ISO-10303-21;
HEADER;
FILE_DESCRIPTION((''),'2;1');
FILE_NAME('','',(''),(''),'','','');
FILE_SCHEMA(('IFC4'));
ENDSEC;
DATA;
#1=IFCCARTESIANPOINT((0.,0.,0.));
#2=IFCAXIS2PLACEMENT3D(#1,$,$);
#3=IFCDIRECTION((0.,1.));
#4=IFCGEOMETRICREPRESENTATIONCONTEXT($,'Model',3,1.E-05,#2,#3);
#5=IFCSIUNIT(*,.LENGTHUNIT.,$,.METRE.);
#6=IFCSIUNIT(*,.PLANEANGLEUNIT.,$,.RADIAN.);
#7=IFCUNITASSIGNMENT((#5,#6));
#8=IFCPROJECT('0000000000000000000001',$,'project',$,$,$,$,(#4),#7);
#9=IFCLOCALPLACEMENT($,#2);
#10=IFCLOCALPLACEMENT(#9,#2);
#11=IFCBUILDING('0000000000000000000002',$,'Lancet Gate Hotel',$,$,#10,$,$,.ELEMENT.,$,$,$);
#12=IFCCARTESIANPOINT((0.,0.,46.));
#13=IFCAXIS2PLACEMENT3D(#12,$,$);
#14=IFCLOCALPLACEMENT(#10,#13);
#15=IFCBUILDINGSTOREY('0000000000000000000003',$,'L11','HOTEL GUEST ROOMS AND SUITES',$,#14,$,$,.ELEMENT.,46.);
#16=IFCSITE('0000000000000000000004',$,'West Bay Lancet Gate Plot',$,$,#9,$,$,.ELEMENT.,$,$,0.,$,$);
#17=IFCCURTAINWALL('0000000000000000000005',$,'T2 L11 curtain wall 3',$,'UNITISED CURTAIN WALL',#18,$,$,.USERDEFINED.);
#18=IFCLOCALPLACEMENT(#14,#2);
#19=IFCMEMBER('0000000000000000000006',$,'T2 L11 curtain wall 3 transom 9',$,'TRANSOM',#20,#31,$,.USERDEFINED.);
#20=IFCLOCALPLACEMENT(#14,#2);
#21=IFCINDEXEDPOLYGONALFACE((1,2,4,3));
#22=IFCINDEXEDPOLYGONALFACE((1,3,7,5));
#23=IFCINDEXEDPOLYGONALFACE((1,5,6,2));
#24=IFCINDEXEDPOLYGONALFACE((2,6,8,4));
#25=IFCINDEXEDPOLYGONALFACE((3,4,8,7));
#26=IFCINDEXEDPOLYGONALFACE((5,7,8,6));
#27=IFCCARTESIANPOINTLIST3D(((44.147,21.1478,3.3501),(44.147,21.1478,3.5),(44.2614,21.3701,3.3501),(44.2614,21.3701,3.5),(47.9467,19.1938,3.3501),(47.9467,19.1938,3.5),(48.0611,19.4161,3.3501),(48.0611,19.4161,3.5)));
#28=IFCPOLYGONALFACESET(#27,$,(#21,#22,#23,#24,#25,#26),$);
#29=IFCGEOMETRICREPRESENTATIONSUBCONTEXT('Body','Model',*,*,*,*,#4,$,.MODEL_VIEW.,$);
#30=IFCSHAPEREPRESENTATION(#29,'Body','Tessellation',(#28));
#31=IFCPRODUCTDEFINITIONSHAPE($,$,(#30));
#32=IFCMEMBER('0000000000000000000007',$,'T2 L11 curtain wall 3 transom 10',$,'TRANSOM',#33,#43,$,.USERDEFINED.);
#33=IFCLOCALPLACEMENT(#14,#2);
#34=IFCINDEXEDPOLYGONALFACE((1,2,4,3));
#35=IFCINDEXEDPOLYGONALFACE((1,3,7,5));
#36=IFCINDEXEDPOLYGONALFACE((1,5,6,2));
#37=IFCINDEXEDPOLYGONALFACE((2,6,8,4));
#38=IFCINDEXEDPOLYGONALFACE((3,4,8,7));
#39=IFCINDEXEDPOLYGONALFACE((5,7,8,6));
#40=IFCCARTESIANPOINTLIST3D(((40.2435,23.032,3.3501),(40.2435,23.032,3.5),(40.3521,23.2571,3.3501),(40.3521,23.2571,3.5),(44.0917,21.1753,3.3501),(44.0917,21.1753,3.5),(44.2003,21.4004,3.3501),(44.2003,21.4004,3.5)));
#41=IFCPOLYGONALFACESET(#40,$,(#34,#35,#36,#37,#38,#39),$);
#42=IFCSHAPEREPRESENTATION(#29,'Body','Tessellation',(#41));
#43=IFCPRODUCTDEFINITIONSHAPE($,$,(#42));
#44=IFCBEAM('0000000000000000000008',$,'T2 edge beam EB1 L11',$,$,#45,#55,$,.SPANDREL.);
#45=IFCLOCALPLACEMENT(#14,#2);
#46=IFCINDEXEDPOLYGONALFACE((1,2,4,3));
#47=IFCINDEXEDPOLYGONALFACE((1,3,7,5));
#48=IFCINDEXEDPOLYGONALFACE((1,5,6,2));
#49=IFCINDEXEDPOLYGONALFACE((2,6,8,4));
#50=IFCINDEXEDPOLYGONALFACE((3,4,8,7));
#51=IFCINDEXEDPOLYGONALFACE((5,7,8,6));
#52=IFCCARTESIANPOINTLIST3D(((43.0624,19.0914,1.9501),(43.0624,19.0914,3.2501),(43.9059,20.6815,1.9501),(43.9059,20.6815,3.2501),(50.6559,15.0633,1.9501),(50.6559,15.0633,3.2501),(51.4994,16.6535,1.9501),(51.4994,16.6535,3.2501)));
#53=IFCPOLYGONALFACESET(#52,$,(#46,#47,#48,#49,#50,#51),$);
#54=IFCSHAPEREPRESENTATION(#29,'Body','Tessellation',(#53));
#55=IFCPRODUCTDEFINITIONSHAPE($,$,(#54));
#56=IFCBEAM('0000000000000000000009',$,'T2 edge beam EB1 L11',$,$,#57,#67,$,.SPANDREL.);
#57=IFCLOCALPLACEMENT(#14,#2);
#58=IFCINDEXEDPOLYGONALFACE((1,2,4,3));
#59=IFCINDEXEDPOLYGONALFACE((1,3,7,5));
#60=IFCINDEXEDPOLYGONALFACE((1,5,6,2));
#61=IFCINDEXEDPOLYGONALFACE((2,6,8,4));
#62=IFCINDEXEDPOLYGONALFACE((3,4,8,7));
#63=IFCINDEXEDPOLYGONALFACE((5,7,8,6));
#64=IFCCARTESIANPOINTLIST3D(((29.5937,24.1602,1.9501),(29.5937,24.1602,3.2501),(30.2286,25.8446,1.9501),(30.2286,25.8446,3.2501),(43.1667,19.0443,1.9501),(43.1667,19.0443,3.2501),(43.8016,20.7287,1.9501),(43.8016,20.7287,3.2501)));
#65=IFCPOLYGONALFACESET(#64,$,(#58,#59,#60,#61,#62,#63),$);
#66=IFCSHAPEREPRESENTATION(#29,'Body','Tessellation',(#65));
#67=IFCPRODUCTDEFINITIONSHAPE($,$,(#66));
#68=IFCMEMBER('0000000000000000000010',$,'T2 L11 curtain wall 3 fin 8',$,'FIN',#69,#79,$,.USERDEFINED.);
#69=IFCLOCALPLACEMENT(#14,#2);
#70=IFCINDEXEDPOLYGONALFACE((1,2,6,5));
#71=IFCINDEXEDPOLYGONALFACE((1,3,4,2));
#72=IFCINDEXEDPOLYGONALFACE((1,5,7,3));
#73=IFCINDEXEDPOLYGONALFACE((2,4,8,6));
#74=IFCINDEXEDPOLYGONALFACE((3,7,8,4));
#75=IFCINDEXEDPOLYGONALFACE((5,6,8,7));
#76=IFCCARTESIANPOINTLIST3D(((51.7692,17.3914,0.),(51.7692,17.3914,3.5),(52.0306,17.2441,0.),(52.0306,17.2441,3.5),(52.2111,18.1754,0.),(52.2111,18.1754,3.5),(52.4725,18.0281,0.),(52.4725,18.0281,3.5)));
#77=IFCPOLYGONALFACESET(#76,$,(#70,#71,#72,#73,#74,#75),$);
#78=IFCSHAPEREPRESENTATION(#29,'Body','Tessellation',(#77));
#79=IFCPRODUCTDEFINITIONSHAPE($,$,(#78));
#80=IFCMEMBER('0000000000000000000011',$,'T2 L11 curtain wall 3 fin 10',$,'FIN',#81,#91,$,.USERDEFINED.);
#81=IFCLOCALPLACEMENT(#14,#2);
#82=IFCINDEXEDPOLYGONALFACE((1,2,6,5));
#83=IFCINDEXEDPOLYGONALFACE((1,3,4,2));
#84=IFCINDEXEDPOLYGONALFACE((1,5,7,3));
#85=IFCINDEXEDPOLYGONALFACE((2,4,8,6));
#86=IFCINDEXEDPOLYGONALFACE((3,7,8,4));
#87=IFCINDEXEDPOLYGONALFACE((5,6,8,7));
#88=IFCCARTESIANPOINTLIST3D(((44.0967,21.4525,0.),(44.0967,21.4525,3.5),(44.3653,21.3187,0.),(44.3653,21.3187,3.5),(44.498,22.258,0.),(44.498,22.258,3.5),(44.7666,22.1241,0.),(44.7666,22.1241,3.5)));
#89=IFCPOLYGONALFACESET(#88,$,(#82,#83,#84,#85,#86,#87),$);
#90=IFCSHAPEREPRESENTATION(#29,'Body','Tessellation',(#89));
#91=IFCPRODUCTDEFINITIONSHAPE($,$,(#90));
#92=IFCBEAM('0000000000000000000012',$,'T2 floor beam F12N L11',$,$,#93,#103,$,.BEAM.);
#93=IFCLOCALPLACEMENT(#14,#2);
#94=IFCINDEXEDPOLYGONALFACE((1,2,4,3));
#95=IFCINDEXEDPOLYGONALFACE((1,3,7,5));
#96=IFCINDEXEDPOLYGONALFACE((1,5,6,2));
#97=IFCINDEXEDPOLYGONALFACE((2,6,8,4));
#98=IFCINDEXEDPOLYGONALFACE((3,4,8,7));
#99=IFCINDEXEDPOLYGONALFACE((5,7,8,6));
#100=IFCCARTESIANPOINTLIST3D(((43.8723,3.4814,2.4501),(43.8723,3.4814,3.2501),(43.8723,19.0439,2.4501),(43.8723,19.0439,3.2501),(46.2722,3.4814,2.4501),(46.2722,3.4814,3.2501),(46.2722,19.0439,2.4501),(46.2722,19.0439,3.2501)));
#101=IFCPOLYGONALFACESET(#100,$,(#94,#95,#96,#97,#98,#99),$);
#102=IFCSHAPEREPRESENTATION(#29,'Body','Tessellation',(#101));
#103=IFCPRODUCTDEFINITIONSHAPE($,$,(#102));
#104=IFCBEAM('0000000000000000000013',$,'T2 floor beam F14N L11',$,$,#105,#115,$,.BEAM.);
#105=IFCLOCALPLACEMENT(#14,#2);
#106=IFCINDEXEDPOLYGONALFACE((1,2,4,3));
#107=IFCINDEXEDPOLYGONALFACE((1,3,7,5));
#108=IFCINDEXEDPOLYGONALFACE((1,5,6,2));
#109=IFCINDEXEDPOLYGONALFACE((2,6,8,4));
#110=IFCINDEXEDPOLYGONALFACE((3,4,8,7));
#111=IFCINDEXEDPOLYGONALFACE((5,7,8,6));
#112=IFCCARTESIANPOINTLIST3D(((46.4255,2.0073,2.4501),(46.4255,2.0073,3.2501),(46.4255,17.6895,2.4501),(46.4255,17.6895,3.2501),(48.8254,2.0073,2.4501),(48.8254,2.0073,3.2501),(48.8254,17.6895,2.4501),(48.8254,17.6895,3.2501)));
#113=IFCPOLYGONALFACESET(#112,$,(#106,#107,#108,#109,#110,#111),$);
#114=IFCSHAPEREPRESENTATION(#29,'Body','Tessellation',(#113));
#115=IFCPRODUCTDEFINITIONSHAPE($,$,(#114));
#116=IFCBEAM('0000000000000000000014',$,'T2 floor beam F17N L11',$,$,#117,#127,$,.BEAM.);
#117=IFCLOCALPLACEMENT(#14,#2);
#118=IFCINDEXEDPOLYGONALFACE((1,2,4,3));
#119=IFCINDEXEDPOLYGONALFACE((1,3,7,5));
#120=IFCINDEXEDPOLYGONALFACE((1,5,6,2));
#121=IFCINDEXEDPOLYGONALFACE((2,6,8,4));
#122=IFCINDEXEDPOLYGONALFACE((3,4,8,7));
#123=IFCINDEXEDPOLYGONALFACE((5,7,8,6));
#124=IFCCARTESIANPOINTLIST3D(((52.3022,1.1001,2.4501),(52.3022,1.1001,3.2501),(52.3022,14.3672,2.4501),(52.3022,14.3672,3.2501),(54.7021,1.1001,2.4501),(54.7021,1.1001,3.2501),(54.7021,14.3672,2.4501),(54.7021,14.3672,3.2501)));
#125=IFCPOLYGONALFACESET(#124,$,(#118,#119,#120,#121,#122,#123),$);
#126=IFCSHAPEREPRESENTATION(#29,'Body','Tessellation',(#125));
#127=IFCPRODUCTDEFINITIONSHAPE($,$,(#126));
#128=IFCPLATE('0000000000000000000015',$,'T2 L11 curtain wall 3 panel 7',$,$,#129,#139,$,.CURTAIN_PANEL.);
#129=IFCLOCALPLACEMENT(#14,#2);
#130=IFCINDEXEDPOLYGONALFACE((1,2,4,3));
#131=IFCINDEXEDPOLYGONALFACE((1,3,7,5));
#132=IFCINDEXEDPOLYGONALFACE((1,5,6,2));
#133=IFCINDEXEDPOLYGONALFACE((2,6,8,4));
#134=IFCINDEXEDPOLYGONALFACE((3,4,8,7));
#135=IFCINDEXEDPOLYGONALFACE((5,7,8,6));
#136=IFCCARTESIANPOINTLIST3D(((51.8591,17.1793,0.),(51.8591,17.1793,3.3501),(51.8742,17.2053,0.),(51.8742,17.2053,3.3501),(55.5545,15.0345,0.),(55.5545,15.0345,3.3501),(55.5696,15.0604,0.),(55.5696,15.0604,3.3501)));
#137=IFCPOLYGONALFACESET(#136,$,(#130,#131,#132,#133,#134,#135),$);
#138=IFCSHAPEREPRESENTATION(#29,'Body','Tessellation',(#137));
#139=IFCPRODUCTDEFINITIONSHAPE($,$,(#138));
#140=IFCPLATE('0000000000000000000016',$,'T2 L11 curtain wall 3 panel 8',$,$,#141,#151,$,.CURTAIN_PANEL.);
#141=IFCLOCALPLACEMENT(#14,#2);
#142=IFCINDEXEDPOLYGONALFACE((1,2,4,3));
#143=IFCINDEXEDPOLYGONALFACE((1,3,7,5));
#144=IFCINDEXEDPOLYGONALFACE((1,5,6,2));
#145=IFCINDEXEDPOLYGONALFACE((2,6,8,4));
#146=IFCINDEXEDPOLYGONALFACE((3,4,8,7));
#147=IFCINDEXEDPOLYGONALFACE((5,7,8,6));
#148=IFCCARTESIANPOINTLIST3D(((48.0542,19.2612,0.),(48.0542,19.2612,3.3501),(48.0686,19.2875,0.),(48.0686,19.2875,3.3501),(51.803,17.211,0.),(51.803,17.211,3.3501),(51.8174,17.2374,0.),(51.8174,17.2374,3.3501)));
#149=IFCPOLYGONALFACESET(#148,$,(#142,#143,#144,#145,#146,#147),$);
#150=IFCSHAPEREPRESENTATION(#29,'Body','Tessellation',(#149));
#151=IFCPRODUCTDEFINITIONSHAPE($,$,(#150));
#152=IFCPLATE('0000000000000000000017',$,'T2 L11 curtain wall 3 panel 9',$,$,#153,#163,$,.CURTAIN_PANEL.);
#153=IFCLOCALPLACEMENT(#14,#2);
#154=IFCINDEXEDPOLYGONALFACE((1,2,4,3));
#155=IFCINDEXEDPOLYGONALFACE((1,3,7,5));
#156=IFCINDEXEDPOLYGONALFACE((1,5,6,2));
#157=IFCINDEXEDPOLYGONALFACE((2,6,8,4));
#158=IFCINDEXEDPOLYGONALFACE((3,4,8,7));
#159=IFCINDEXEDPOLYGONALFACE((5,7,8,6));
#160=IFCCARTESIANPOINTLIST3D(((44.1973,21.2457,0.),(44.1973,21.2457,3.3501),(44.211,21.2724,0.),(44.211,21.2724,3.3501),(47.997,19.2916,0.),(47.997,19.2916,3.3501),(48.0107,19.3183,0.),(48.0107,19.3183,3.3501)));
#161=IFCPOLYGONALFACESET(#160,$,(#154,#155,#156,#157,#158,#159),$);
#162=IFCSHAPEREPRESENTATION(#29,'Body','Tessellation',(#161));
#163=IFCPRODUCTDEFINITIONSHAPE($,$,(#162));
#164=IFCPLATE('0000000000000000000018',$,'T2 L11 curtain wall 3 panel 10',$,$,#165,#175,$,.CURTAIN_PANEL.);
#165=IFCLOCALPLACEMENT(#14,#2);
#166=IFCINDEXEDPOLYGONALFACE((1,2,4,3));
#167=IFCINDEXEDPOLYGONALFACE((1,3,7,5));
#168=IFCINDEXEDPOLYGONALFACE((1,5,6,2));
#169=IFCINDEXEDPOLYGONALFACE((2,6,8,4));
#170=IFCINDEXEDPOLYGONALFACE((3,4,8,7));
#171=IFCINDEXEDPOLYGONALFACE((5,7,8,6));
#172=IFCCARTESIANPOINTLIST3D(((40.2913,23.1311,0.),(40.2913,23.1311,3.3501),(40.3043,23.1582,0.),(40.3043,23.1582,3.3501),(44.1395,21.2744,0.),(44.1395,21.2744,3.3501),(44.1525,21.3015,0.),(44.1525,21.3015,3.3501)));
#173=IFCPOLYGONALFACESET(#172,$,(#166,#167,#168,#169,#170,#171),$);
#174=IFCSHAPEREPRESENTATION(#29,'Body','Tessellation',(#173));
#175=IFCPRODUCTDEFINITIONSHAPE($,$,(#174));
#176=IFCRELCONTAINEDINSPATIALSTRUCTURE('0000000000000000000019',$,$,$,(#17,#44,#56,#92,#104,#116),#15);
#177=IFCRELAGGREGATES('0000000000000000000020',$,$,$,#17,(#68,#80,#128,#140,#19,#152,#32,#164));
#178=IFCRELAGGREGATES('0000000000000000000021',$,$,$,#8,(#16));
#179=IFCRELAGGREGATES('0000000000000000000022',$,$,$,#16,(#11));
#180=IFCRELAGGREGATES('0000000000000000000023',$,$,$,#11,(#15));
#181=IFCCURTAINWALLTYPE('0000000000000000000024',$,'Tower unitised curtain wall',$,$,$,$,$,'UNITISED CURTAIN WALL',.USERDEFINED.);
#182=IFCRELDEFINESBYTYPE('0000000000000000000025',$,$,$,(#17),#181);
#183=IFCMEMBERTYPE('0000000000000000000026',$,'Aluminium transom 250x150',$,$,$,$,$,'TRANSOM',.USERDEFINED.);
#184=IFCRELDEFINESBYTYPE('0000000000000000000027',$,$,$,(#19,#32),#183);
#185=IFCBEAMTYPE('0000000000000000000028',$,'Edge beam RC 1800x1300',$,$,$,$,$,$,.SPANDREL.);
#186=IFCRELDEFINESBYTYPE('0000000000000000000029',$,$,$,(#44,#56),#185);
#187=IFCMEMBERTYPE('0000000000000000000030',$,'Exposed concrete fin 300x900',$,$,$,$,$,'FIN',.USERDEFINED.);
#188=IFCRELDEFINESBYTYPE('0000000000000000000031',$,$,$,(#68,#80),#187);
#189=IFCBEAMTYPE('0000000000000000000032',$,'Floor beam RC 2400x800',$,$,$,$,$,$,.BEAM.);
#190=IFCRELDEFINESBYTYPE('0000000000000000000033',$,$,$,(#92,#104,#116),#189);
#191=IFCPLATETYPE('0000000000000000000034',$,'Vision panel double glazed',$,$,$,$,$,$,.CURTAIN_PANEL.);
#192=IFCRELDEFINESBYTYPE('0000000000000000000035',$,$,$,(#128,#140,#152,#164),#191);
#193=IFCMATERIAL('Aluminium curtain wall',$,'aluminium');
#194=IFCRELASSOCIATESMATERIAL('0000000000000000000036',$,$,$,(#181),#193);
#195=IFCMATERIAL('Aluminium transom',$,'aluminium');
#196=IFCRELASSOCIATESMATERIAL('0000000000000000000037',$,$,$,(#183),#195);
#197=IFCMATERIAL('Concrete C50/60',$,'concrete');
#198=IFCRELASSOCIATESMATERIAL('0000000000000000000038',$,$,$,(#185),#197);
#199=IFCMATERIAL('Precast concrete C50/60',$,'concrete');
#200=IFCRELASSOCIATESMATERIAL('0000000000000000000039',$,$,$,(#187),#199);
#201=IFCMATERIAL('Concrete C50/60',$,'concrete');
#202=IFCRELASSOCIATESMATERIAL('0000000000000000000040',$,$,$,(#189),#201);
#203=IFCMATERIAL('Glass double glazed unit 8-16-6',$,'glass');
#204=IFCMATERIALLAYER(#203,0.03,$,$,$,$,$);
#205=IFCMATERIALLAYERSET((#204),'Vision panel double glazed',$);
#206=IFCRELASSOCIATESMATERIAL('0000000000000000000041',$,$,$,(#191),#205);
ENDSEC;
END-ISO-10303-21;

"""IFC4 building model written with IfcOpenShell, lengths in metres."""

from ifc_helpers import new_model, si_unit, direction, frame, origin, origin_2d, place, context, subcontext, project, spatial, rectangle, extrude, material, layer, layer_set, material_profile, profile_set, type_object, element, aggregate, save


model = new_model("IFC4")

# Units and contexts
model_context = context("Model", 3, precision=1e-05, world=origin(), true_north=direction((0.0, 1.0)))
body_context = subcontext(model_context, "Body", "Model", "MODEL_VIEW")
ifc_project = project(units=[si_unit("LENGTHUNIT", "METRE"), si_unit("PLANEANGLEUNIT", "RADIAN")], contexts=[model_context])

# Site, building, storey
site_placement = place(None, origin())
site = spatial("IfcSite", under=ifc_project, at=site_placement, Name="West Bay Lancet Gate Plot", CompositionType="ELEMENT", RefElevation=0.0)
building_placement = place(site_placement, origin())
building = spatial("IfcBuilding", under=site, at=building_placement, Name="Lancet Gate Hotel", CompositionType="ELEMENT")
storey_placement = place(building_placement, frame((0.0, 0.0, 46.0)))
storey = spatial("IfcBuildingStorey", under=building, at=storey_placement, Name="L11", Description="HOTEL GUEST ROOMS AND SUITES", CompositionType="ELEMENT", Elevation=46.0)

# Curtain wall, members
ifc_material_1 = material(Name="Aluminium curtain wall", Category="aluminium")
curtain_wall_type = type_object("IfcCurtainWallType", Name="Tower unitised curtain wall", ElementType="UNITISED CURTAIN WALL", PredefinedType="USERDEFINED", material=ifc_material_1)
curtain_wall_placement = place(storey_placement, origin())
curtain_wall = element("IfcCurtainWall", 1, at=curtain_wall_placement, inside=storey, type_object=curtain_wall_type, Name="T2 L11 curtain wall 3", ObjectType="UNITISED CURTAIN WALL", PredefinedType="USERDEFINED")
ifc_material_2 = material(Name="Aluminium transom", Category="aluminium")
ifc_material_profile_1 = material_profile(ifc_material_2, rectangle(XDim=0.25, YDim=0.1499, at=origin_2d()), Name="TRANSOM 250x150")
ifc_profile_set_1 = profile_set([ifc_material_profile_1], Name="Aluminium transom")
member_type_1 = type_object("IfcMemberType", Name="Aluminium transom 250x150", ElementType="TRANSOM", PredefinedType="USERDEFINED", material=ifc_profile_set_1)
member_1_placement = place(storey_placement, frame((48.0039, 19.3049, 3.425), z_axis=(-0.889296, 0.457333, 0.0), x_axis=(-0.457333, -0.889296, 0.0)))
member_1 = element("IfcMember", 2, at=member_1_placement, type_object=member_type_1, Name="T2 L11 curtain wall 3 transom 9", ObjectType="TRANSOM", PredefinedType="USERDEFINED", context=body_context, shape_type="SweptSolid", body=[
    extrude(rectangle(XDim=0.25, YDim=0.1499, at=origin_2d()), origin(), (0.0, 0.0, 1.0), 4.2727),
])
member_2_placement = place(storey_placement, frame((44.146, 21.2878, 3.425), z_axis=(-0.900646, 0.434553, 0.0), x_axis=(-0.434553, -0.900646, 0.0)))
member_2 = element("IfcMember", 3, at=member_2_placement, type_object=member_type_1, Name="T2 L11 curtain wall 3 transom 10", ObjectType="TRANSOM", PredefinedType="USERDEFINED", context=body_context, shape_type="SweptSolid", body=[
    extrude(rectangle(XDim=0.25, YDim=0.1499, at=origin_2d()), origin(), (0.0, 0.0, 1.0), 4.2727),
])

# Beams
ifc_material_3 = material(Name="Concrete C50/60", Category="concrete")
ifc_material_profile_2 = material_profile(ifc_material_3, rectangle(XDim=1.8, YDim=1.3, at=origin_2d()), Name="RC 1800x1300")
ifc_profile_set_2 = profile_set([ifc_material_profile_2], Name="Concrete C50/60")
beam_type_1 = type_object("IfcBeamType", Name="Edge beam RC 1800x1300", PredefinedType="SPANDREL", material=ifc_profile_set_2)
beam_1_placement = place(storey_placement, frame((51.0776, 15.8584, 2.6001), z_axis=(-0.883403, 0.468613, 0.0), x_axis=(-0.468613, -0.883403, 0.0)))
element("IfcBeam", 4, at=beam_1_placement, inside=storey, type_object=beam_type_1, Name="T2 edge beam EB1 L11", PredefinedType="SPANDREL", context=body_context, shape_type="SweptSolid", body=[
    extrude(rectangle(XDim=1.8, YDim=1.3, at=origin_2d()), origin(), (0.0, 0.0, 1.0), 8.5957),
])
beam_2_placement = place(storey_placement, frame((43.4841, 19.8865, 2.6001), z_axis=(-0.935736, 0.3527, 0.0), x_axis=(-0.3527, -0.935736, 0.0)))
element("IfcBeam", 5, at=beam_2_placement, inside=storey, type_object=beam_type_1, Name="T2 edge beam EB1 L11", PredefinedType="SPANDREL", context=body_context, shape_type="SweptSolid", body=[
    extrude(rectangle(XDim=1.8, YDim=1.3, at=origin_2d()), origin(), (0.0, 0.0, 1.0), 14.5051),
])

# Members
ifc_material_4 = material(Name="Precast concrete C50/60", Category="concrete")
ifc_material_profile_3 = material_profile(ifc_material_4, rectangle(XDim=0.3, YDim=0.8999, at=origin_2d()), Name="FIN 300x900")
ifc_profile_set_3 = profile_set([ifc_material_profile_3], Name="Precast concrete C50/60")
member_type_2 = type_object("IfcMemberType", Name="Exposed concrete fin 300x900", ElementType="FIN", PredefinedType="USERDEFINED", material=ifc_profile_set_3)
member_3_placement = place(storey_placement, frame((52.1208, 17.7097, 0.0), z_axis=(0.0, 0.0, 1.0), x_axis=(-0.87119, 0.490945, 0.0)))
member_3 = element("IfcMember", 6, at=member_3_placement, type_object=member_type_2, Name="T2 L11 curtain wall 3 fin 8", ObjectType="FIN", PredefinedType="USERDEFINED", context=body_context, shape_type="SweptSolid", body=[
    extrude(rectangle(XDim=0.3, YDim=0.8999, at=origin_2d()), origin(), (0.0, 0.0, 1.0), 3.5),
])
member_4_placement = place(storey_placement, frame((44.4316, 21.7883, 0.0), z_axis=(0.0, 0.0, 1.0), x_axis=(-0.895044, 0.445978, 0.0)))
member_4 = element("IfcMember", 7, at=member_4_placement, type_object=member_type_2, Name="T2 L11 curtain wall 3 fin 10", ObjectType="FIN", PredefinedType="USERDEFINED", context=body_context, shape_type="SweptSolid", body=[
    extrude(rectangle(XDim=0.3, YDim=0.8999, at=origin_2d()), origin(), (0.0, 0.0, 1.0), 3.5),
])

# Beams
ifc_material_5 = material(Name="Concrete C50/60", Category="concrete")
ifc_material_profile_4 = material_profile(ifc_material_5, rectangle(XDim=2.3999, YDim=0.8, at=origin_2d()), Name="RC 2400x800")
ifc_profile_set_4 = profile_set([ifc_material_profile_4], Name="Concrete C50/60")
beam_type_2 = type_object("IfcBeamType", Name="Floor beam RC 2400x800", PredefinedType="BEAM", material=ifc_profile_set_4)
beam_3_placement = place(storey_placement, frame((45.0723, 3.4814, 2.8501), z_axis=(0.0, 1.0, 0.0), x_axis=(-1.0, 0.0, 0.0)))
element("IfcBeam", 8, at=beam_3_placement, inside=storey, type_object=beam_type_2, Name="T2 floor beam F12N L11", PredefinedType="BEAM", context=body_context, shape_type="SweptSolid", body=[
    extrude(rectangle(XDim=2.3999, YDim=0.8, at=origin_2d()), origin(), (0.0, 0.0, 1.0), 15.5625),
])
beam_4_placement = place(storey_placement, frame((47.6255, 2.0073, 2.8501), z_axis=(0.0, 1.0, 0.0), x_axis=(-1.0, 0.0, 0.0)))
element("IfcBeam", 9, at=beam_4_placement, inside=storey, type_object=beam_type_2, Name="T2 floor beam F14N L11", PredefinedType="BEAM", context=body_context, shape_type="SweptSolid", body=[
    extrude(rectangle(XDim=2.3999, YDim=0.8, at=origin_2d()), origin(), (0.0, 0.0, 1.0), 15.6821),
])
beam_5_placement = place(storey_placement, frame((53.5022, 1.1001, 2.8501), z_axis=(0.0, 1.0, 0.0), x_axis=(-1.0, 0.0, 0.0)))
element("IfcBeam", 10, at=beam_5_placement, inside=storey, type_object=beam_type_2, Name="T2 floor beam F17N L11", PredefinedType="BEAM", context=body_context, shape_type="SweptSolid", body=[
    extrude(rectangle(XDim=2.3999, YDim=0.8, at=origin_2d()), origin(), (0.0, 0.0, 1.0), 13.2671),
])

# Plates
ifc_material_6 = material(Name="Glass double glazed unit 8-16-6", Category="glass")
ifc_layer_1 = layer(ifc_material_6, 0.03)
ifc_layer_set_1 = layer_set([ifc_layer_1], Name="Vision panel double glazed")
plate_type = type_object("IfcPlateType", Name="Vision panel double glazed", PredefinedType="CURTAIN_PANEL", material=ifc_layer_set_1)
plate_1_placement = place(storey_placement, frame((53.7144, 16.1199, 0.0), z_axis=(0.0, 0.0, 1.0), x_axis=(-0.864872, 0.501993, 0.0)))
plate_1 = element("IfcPlate", 11, at=plate_1_placement, type_object=plate_type, Name="T2 L11 curtain wall 3 panel 7", PredefinedType="CURTAIN_PANEL", context=body_context, shape_type="SweptSolid", body=[
    extrude(rectangle(XDim=4.2727, YDim=0.03, at=origin_2d()), origin(), (0.0, 0.0, 1.0), 3.3501),
])
plate_2_placement = place(storey_placement, frame((49.9358, 18.2493, 0.0), z_axis=(0.0, 0.0, 1.0), x_axis=(-0.877368, 0.479818, 0.0)))
plate_2 = element("IfcPlate", 12, at=plate_2_placement, type_object=plate_type, Name="T2 L11 curtain wall 3 panel 8", PredefinedType="CURTAIN_PANEL", context=body_context, shape_type="SweptSolid", body=[
    extrude(rectangle(XDim=4.2727, YDim=0.03, at=origin_2d()), origin(), (0.0, 0.0, 1.0), 3.3501),
])
plate_3_placement = place(storey_placement, frame((46.104, 20.282, 0.0), z_axis=(0.0, 0.0, 1.0), x_axis=(-0.889296, 0.457332, 0.0)))
plate_3 = element("IfcPlate", 13, at=plate_3_placement, type_object=plate_type, Name="T2 L11 curtain wall 3 panel 9", PredefinedType="CURTAIN_PANEL", context=body_context, shape_type="SweptSolid", body=[
    extrude(rectangle(XDim=4.2727, YDim=0.03, at=origin_2d()), origin(), (0.0, 0.0, 1.0), 3.3501),
])
plate_4_placement = place(storey_placement, frame((42.2219, 22.2163, 0.0), z_axis=(0.0, 0.0, 1.0), x_axis=(-0.900647, 0.43455, 0.0)))
plate_4 = element("IfcPlate", 14, at=plate_4_placement, type_object=plate_type, Name="T2 L11 curtain wall 3 panel 10", PredefinedType="CURTAIN_PANEL", context=body_context, shape_type="SweptSolid", body=[
    extrude(rectangle(XDim=4.2727, YDim=0.03, at=origin_2d()), origin(), (0.0, 0.0, 1.0), 3.3501),
])
aggregate(curtain_wall, [member_3, member_4, plate_1, plate_2, member_1, plate_3, member_2, plate_4])

save(model, "model.ifc")
